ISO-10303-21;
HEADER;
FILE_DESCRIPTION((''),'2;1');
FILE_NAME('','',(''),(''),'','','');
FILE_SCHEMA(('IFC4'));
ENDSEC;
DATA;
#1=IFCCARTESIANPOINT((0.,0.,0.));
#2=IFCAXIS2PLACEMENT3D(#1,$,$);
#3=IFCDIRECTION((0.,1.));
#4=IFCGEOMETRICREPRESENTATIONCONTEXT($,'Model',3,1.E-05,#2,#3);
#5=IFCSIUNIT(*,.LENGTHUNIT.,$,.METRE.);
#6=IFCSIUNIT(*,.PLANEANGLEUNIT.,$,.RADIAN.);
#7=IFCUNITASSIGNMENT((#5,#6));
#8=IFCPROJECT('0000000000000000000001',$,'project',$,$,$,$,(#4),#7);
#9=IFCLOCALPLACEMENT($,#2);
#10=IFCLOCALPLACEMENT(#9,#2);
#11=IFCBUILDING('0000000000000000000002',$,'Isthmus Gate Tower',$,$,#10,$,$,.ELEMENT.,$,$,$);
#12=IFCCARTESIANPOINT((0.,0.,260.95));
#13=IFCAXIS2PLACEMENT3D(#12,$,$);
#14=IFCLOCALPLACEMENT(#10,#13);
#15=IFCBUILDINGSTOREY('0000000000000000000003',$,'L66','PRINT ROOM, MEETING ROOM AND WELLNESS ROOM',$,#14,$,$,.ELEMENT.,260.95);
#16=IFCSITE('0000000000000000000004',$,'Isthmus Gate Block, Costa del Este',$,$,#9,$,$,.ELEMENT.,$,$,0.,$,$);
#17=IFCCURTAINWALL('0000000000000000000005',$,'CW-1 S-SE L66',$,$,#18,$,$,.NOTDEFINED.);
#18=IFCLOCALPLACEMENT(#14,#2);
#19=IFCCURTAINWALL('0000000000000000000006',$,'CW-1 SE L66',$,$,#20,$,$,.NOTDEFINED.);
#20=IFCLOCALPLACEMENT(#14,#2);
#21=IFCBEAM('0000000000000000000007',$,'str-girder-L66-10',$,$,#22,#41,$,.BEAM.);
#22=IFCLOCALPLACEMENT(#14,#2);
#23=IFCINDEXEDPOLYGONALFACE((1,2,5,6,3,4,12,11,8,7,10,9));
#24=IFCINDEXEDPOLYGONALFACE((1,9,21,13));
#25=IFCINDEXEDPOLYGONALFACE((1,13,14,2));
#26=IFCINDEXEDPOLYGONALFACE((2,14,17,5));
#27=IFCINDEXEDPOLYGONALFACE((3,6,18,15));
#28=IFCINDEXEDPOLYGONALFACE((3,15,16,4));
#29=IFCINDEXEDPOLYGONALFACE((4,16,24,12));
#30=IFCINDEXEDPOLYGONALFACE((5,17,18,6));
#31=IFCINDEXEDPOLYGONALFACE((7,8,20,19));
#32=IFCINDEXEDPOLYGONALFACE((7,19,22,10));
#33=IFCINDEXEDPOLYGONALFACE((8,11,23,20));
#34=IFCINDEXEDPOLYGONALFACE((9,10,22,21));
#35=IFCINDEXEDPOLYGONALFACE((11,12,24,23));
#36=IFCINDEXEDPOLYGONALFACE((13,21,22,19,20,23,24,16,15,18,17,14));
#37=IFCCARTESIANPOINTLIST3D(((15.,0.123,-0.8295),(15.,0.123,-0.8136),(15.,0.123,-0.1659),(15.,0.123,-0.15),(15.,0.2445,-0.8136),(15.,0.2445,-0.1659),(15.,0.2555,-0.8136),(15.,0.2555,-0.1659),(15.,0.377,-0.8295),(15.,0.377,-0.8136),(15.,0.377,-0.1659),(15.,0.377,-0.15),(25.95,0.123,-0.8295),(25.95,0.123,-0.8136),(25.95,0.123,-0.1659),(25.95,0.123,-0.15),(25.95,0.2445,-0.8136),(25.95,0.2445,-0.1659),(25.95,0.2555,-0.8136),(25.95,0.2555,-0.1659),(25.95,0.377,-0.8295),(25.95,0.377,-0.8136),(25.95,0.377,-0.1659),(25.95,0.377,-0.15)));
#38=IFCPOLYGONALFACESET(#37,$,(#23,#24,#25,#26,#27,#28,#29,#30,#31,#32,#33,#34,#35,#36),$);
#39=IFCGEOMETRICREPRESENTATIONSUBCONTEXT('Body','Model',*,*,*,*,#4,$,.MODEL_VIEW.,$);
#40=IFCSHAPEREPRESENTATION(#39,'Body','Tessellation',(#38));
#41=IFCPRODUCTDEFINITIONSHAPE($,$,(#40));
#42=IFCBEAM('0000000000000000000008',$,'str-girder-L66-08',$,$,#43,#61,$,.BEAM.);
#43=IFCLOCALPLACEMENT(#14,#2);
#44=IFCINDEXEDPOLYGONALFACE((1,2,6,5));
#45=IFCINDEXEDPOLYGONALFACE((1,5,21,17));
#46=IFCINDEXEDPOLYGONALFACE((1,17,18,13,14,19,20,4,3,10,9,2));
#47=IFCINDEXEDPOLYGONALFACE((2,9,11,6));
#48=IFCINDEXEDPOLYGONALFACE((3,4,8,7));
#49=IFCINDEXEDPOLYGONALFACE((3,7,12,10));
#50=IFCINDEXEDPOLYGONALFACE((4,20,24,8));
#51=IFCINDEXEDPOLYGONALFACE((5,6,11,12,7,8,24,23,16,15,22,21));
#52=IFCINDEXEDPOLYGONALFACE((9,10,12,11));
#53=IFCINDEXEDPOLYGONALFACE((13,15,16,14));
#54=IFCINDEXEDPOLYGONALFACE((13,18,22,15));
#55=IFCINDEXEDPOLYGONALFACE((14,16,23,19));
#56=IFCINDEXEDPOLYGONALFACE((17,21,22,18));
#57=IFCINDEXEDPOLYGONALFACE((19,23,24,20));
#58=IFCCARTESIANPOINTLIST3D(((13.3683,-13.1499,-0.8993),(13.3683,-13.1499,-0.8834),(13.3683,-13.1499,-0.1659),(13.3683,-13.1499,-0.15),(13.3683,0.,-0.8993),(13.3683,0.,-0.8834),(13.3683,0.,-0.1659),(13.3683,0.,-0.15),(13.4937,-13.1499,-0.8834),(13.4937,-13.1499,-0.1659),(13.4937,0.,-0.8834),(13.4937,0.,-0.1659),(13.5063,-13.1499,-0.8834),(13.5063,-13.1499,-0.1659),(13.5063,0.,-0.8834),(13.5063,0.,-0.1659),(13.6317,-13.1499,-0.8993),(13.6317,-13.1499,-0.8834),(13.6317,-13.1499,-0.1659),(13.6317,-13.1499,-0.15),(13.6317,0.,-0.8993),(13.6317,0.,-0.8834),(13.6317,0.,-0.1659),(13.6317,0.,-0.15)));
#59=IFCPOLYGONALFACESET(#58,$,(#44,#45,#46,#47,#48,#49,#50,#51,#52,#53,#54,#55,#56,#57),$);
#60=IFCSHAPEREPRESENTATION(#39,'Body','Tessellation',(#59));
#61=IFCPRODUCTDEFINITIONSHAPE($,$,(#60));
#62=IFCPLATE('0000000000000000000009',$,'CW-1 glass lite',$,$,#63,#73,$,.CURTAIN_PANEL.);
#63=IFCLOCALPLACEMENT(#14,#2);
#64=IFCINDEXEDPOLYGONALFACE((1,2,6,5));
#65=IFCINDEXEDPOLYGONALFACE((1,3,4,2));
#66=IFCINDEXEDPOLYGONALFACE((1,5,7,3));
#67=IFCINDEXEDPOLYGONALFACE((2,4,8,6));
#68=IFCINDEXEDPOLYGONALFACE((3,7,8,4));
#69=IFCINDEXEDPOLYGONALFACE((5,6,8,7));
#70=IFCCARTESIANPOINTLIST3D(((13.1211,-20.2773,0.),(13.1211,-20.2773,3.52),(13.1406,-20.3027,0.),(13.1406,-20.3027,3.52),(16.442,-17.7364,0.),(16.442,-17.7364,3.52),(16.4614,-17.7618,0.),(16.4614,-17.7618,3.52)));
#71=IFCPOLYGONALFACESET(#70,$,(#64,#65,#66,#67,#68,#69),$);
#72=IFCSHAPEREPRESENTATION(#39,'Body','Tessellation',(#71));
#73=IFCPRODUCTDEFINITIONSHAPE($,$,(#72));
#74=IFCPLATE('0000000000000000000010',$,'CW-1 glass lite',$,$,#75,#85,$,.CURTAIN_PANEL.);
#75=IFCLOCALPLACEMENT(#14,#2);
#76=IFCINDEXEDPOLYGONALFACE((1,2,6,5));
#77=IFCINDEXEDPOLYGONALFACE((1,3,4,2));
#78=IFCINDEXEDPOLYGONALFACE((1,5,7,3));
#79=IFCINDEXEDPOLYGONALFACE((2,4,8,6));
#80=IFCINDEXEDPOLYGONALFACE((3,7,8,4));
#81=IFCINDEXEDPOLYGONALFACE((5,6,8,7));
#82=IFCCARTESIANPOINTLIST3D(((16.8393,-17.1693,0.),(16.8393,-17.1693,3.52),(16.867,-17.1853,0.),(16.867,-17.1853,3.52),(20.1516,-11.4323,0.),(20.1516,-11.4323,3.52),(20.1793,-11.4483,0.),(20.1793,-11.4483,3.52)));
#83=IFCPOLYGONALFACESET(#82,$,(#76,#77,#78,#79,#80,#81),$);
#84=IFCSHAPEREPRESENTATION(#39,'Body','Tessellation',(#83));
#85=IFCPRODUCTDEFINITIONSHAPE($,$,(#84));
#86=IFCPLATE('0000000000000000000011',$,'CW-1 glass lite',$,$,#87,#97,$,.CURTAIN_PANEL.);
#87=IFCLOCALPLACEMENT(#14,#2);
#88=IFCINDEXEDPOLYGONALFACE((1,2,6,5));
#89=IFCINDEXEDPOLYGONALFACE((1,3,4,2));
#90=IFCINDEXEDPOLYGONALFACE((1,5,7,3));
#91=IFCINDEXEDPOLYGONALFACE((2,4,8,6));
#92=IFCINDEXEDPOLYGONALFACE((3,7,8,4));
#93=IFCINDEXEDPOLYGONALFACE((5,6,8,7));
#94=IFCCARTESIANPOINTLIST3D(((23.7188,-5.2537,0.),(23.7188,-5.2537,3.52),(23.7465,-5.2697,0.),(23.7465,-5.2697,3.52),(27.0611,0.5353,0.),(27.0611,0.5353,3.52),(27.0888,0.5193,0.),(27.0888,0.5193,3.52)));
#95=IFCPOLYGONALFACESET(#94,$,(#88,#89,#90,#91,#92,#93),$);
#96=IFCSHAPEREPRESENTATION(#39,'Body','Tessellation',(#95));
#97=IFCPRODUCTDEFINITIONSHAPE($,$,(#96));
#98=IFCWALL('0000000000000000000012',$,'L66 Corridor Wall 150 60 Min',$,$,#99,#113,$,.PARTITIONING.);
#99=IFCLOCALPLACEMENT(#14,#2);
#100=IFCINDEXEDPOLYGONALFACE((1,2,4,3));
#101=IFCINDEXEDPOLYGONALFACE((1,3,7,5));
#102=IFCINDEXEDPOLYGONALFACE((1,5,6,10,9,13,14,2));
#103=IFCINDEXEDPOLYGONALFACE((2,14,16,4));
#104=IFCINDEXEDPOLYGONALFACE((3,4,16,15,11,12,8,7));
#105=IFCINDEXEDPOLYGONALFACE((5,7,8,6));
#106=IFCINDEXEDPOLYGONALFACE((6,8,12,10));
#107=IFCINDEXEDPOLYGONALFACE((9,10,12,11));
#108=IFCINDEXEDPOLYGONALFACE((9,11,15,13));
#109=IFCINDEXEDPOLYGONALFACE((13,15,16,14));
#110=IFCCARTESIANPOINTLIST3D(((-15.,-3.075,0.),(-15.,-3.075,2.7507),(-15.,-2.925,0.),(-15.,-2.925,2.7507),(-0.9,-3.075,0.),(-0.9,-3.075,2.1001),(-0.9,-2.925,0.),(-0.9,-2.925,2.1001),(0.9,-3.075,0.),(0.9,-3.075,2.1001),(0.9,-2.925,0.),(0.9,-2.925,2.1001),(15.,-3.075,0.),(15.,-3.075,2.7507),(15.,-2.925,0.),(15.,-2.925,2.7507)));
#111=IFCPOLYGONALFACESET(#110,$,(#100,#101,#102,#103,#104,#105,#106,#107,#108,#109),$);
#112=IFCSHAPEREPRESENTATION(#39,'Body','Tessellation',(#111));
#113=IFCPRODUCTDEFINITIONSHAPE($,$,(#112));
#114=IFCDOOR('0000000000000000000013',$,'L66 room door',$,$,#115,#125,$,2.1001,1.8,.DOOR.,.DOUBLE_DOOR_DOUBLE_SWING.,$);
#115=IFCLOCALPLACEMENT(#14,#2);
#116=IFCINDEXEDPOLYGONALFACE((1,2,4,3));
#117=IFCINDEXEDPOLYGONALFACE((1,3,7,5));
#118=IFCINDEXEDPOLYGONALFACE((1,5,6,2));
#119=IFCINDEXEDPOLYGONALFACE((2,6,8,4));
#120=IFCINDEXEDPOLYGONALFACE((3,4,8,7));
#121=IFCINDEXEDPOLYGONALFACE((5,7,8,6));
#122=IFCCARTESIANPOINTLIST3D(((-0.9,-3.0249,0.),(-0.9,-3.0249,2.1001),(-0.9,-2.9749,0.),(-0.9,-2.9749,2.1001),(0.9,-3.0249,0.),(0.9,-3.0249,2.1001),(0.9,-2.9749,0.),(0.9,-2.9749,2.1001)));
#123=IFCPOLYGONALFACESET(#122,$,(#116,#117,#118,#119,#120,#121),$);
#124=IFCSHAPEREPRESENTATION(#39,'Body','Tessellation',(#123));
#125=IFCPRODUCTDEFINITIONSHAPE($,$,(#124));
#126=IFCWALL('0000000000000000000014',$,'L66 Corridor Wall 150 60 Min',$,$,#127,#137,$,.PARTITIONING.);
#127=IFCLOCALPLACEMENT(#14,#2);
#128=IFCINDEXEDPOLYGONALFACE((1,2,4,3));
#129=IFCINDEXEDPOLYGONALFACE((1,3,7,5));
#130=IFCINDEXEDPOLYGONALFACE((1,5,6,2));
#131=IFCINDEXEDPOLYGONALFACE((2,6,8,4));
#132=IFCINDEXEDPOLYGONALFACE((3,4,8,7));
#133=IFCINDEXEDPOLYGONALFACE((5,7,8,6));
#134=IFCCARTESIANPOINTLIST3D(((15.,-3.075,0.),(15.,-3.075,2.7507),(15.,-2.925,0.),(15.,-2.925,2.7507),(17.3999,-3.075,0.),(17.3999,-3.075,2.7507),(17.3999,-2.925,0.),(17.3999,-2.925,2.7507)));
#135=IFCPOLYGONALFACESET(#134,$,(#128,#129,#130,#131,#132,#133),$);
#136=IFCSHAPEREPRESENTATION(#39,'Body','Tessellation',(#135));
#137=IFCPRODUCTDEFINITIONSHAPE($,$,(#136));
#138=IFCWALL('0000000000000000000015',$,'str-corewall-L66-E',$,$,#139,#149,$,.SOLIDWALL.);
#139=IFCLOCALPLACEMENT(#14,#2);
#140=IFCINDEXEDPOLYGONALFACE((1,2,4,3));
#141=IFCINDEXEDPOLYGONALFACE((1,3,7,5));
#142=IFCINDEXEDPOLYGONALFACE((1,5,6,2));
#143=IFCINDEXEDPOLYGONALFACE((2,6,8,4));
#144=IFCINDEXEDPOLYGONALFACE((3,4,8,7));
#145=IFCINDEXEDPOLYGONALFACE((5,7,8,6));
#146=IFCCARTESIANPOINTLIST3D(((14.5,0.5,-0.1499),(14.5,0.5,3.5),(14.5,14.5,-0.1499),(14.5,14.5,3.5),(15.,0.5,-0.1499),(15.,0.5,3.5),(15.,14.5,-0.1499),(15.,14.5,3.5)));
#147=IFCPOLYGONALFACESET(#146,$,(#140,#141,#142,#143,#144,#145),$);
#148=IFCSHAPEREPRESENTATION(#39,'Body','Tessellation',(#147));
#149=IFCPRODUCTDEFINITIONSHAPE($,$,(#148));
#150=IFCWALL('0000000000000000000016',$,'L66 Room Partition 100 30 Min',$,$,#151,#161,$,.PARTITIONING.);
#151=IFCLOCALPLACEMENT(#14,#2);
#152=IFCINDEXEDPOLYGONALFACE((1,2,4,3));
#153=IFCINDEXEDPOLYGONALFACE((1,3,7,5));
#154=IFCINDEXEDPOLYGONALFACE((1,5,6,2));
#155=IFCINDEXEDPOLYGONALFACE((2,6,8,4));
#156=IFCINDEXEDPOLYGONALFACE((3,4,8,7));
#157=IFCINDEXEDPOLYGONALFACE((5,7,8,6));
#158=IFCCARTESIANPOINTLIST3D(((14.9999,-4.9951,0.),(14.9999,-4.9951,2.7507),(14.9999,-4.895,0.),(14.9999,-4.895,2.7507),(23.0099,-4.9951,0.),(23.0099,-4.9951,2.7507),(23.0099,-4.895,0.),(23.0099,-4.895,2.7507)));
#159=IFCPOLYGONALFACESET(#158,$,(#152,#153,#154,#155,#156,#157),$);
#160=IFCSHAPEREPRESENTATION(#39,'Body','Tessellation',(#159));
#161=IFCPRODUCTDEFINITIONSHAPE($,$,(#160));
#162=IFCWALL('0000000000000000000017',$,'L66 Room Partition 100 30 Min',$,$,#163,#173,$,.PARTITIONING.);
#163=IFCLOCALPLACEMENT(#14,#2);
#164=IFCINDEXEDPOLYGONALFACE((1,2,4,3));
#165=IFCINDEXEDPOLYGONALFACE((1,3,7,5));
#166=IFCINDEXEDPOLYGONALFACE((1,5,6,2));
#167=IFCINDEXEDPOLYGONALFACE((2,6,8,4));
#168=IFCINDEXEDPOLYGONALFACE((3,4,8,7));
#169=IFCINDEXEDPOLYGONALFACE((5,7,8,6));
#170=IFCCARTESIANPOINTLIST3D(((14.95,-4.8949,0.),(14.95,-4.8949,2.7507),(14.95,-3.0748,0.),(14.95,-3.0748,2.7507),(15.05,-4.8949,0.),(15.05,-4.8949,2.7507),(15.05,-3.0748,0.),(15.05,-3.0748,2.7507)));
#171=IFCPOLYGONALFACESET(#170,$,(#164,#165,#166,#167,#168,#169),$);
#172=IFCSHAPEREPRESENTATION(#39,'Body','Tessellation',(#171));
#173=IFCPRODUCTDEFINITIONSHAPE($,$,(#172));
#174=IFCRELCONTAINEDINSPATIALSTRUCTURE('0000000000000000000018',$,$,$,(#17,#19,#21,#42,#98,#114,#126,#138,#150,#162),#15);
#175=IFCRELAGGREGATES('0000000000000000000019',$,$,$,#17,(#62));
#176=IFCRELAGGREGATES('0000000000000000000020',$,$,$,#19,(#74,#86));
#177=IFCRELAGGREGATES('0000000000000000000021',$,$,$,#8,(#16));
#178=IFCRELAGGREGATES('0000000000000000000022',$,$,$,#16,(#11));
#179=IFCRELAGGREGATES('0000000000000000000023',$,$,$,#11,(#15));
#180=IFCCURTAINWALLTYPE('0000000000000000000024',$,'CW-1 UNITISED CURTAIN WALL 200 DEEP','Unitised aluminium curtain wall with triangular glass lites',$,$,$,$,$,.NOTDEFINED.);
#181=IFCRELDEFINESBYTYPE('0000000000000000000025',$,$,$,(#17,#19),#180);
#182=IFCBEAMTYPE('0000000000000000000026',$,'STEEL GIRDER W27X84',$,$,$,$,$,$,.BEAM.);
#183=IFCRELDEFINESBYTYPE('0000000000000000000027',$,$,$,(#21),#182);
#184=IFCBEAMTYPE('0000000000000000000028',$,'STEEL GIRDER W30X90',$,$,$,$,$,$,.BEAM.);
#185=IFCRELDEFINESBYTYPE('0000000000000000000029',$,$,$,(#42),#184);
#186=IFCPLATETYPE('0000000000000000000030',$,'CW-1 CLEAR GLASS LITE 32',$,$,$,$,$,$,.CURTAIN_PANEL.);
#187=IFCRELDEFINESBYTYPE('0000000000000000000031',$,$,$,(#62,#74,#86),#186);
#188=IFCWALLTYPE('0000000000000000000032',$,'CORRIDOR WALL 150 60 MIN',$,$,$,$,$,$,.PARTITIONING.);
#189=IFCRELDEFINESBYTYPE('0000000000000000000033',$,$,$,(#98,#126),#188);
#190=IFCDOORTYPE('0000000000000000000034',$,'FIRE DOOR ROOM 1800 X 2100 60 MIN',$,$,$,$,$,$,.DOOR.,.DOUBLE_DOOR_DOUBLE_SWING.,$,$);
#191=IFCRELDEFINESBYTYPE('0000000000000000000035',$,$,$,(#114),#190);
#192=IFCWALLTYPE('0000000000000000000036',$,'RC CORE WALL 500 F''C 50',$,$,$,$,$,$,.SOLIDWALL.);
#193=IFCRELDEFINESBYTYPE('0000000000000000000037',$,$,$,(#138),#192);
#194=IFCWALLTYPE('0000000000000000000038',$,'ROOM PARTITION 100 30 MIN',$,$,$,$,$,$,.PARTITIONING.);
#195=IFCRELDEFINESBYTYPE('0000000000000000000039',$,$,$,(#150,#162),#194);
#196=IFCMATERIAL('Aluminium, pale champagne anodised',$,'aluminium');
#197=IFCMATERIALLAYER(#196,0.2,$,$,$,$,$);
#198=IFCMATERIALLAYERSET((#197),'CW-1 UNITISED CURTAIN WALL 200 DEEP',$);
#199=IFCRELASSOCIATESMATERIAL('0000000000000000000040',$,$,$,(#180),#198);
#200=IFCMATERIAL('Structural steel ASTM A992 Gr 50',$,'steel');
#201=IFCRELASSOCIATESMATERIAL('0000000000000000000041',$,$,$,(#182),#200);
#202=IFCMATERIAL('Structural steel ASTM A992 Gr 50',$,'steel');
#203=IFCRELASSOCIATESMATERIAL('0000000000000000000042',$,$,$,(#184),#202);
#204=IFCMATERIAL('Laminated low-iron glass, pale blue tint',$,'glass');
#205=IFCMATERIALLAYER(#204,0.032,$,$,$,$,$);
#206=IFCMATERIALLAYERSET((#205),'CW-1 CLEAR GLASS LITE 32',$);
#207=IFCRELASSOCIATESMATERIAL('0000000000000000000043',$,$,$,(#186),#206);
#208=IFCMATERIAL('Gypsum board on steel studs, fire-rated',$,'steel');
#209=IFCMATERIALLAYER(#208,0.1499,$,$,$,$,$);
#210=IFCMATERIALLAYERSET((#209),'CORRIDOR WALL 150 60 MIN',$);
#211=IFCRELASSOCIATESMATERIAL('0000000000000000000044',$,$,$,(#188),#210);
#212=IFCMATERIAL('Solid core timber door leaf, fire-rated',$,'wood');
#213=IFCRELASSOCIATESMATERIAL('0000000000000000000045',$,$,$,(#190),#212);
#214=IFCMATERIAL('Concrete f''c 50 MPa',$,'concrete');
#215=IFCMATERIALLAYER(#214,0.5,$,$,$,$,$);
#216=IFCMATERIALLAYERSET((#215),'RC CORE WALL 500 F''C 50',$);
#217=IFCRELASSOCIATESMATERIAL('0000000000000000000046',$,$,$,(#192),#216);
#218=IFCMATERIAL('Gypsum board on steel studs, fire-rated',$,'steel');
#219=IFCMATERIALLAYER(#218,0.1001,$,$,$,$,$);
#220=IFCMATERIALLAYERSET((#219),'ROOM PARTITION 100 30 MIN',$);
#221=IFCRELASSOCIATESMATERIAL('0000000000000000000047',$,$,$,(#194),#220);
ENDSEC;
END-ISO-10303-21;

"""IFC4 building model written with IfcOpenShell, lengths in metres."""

from ifc_helpers import new_model, si_unit, direction, frame, frame_2d, origin, origin_2d, place, context, subcontext, project, spatial, rectangle, i_section, extrude, material, layer, layer_set, material_profile, profile_set, type_object, element, fill, aggregate, save


model = new_model("IFC4")

# Units and contexts
model_context = context("Model", 3, precision=1e-05, world=origin(), true_north=direction((0.0, 1.0)))
body_context = subcontext(model_context, "Body", "Model", "MODEL_VIEW")
ifc_project = project(units=[si_unit("LENGTHUNIT", "METRE"), si_unit("PLANEANGLEUNIT", "RADIAN")], contexts=[model_context])

# Site, building, storey
site_placement = place(None, origin())
site = spatial("IfcSite", under=ifc_project, at=site_placement, Name="Isthmus Gate Block, Costa del Este", CompositionType="ELEMENT", RefElevation=0.0)
building_placement = place(site_placement, origin())
building = spatial("IfcBuilding", under=site, at=building_placement, Name="Isthmus Gate Tower", CompositionType="ELEMENT")
storey_placement = place(building_placement, frame((0.0, 0.0, 260.95)))
storey = spatial("IfcBuildingStorey", under=building, at=storey_placement, Name="L66", Description="PRINT ROOM, MEETING ROOM AND WELLNESS ROOM", CompositionType="ELEMENT", Elevation=260.95)

# Curtain walls
ifc_material_1 = material(Name="Aluminium, pale champagne anodised", Category="aluminium")
ifc_layer_1 = layer(ifc_material_1, 0.2)
ifc_layer_set_1 = layer_set([ifc_layer_1], Name="CW-1 UNITISED CURTAIN WALL 200 DEEP")
curtain_wall_type = type_object("IfcCurtainWallType", Name="CW-1 UNITISED CURTAIN WALL 200 DEEP", Description="Unitised aluminium curtain wall with triangular glass lites", PredefinedType="NOTDEFINED", material=ifc_layer_set_1)
curtain_wall_1_placement = place(storey_placement, origin())
curtain_wall_1 = element("IfcCurtainWall", 1, at=curtain_wall_1_placement, inside=storey, type_object=curtain_wall_type, Name="CW-1 S-SE L66", PredefinedType="NOTDEFINED")
curtain_wall_2_placement = place(storey_placement, origin())
curtain_wall_2 = element("IfcCurtainWall", 2, at=curtain_wall_2_placement, inside=storey, type_object=curtain_wall_type, Name="CW-1 SE L66", PredefinedType="NOTDEFINED")

# Beams
ifc_material_2 = material(Name="Structural steel ASTM A992 Gr 50", Category="steel")
ifc_material_profile_1 = material_profile(ifc_material_2, i_section(OverallWidth=0.2539, OverallDepth=0.6794, WebThickness=0.011, FlangeThickness=0.0159, at=origin_2d()), Name="W27X84")
ifc_profile_set_1 = profile_set([ifc_material_profile_1], Name="Structural steel ASTM A992 Gr 50")
beam_type_1 = type_object("IfcBeamType", Name="STEEL GIRDER W27X84", PredefinedType="BEAM", material=ifc_profile_set_1)
beam_1_placement = place(storey_placement, frame((15.0, 0.25, -0.4897), z_axis=(1.0, 0.0, 0.0), x_axis=(0.0, 1.0, 0.0)))
element("IfcBeam", 3, at=beam_1_placement, inside=storey, type_object=beam_type_1, Name="str-girder-L66-10", PredefinedType="BEAM", context=body_context, shape_type="SweptSolid", body=[
    extrude(i_section(OverallWidth=0.2539, OverallDepth=0.6794, WebThickness=0.011, FlangeThickness=0.0159, at=origin_2d()), origin(), (0.0, 0.0, 1.0), 10.95),
])
ifc_material_3 = material(Name="Structural steel ASTM A992 Gr 50", Category="steel")
ifc_material_profile_2 = material_profile(ifc_material_3, i_section(OverallWidth=0.2634, OverallDepth=0.7493, WebThickness=0.0127, FlangeThickness=0.0159, at=origin_2d()), Name="W30X90")
ifc_profile_set_2 = profile_set([ifc_material_profile_2], Name="Structural steel ASTM A992 Gr 50")
beam_type_2 = type_object("IfcBeamType", Name="STEEL GIRDER W30X90", PredefinedType="BEAM", material=ifc_profile_set_2)
beam_2_placement = place(storey_placement, frame((13.5, -13.1499, -0.5247), z_axis=(0.0, 1.0, 0.0), x_axis=(-1.0, 0.0, 0.0)))
element("IfcBeam", 4, at=beam_2_placement, inside=storey, type_object=beam_type_2, Name="str-girder-L66-08", PredefinedType="BEAM", context=body_context, shape_type="SweptSolid", body=[
    extrude(i_section(OverallWidth=0.2634, OverallDepth=0.7493, WebThickness=0.0127, FlangeThickness=0.0159, at=origin_2d()), origin(), (0.0, 0.0, 1.0), 13.1499),
])

# Plates
ifc_material_4 = material(Name="Laminated low-iron glass, pale blue tint", Category="glass")
ifc_layer_2 = layer(ifc_material_4, 0.032)
ifc_layer_set_2 = layer_set([ifc_layer_2], Name="CW-1 CLEAR GLASS LITE 32")
plate_type = type_object("IfcPlateType", Name="CW-1 CLEAR GLASS LITE 32", PredefinedType="CURTAIN_PANEL", material=ifc_layer_set_2)
plate_1_placement = place(storey_placement, frame((14.7913, -19.0195, 0.0), z_axis=(0.0, 0.0, 1.0), x_axis=(0.794189, 0.607671, 0.0)))
plate_1 = element("IfcPlate", 5, at=plate_1_placement, type_object=plate_type, Name="CW-1 glass lite", PredefinedType="CURTAIN_PANEL", context=body_context, shape_type="SweptSolid", body=[
    extrude(rectangle(XDim=4.1814, YDim=0.032, at=origin_2d()), origin(), (0.0, 0.0, 1.0), 3.52),
])
aggregate(curtain_wall_1, [plate_1])
plate_2_placement = place(storey_placement, frame((18.5093, -14.3088, 0.0), z_axis=(0.0, 0.0, 1.0), x_axis=(0.5, 0.866025, 0.0)))
plate_2 = element("IfcPlate", 6, at=plate_2_placement, type_object=plate_type, Name="CW-1 glass lite", PredefinedType="CURTAIN_PANEL", context=body_context, shape_type="SweptSolid", body=[
    extrude(rectangle(XDim=6.6245, YDim=0.032, at=origin_2d()), origin(), (0.0, 0.0, 1.0), 3.52),
])
plate_3_placement = place(storey_placement, frame((25.4038, -2.3672, 0.0), z_axis=(0.0, 0.0, 1.0), x_axis=(0.5, 0.866025, 0.0)))
plate_3 = element("IfcPlate", 7, at=plate_3_placement, type_object=plate_type, Name="CW-1 glass lite", PredefinedType="CURTAIN_PANEL", context=body_context, shape_type="SweptSolid", body=[
    extrude(rectangle(XDim=6.6846, YDim=0.032, at=origin_2d()), origin(), (0.0, 0.0, 1.0), 3.52),
])
aggregate(curtain_wall_2, [plate_2, plate_3])

# Wall, opening, door
ifc_material_5 = material(Name="Gypsum board on steel studs, fire-rated", Category="steel")
ifc_layer_3 = layer(ifc_material_5, 0.1499)
ifc_layer_set_3 = layer_set([ifc_layer_3], Name="CORRIDOR WALL 150 60 MIN")
wall_type_1 = type_object("IfcWallType", Name="CORRIDOR WALL 150 60 MIN", PredefinedType="PARTITIONING", material=ifc_layer_set_3)
wall_1_placement = place(storey_placement, frame((15.0, -3.0, 0.0), z_axis=(0.0, 0.0, 1.0), x_axis=(-1.0, 0.0, 0.0)))
wall_1 = element("IfcWall", 8, at=wall_1_placement, inside=storey, type_object=wall_type_1, Name="L66 Corridor Wall 150 60 Min", PredefinedType="PARTITIONING", context=body_context, shape_type="SweptSolid", body=[
    extrude(rectangle(XDim=30.0, YDim=0.1499, at=frame_2d((15.0, 0.0))), origin(), (0.0, 0.0, 1.0), 2.7507),
])
opening_1_placement = place(wall_1_placement, frame((14.1001, 0.0, 0.0)))
opening_1 = element("IfcOpeningElement", 9, at=opening_1_placement, cuts=wall_1, PredefinedType="OPENING", context=body_context, shape_type="SweptSolid", body=[
    extrude(rectangle(XDim=1.8, YDim=2.1001, at=frame_2d((0.8999, 1.05))), frame((0.0, 0.085, 0.0), z_axis=(0.0, -1.0, 0.0), x_axis=(1.0, 0.0, 0.0)), (0.0, 0.0, 1.0), 0.1699),
])
ifc_material_6 = material(Name="Solid core timber door leaf, fire-rated", Category="wood")
door_type_1 = type_object("IfcDoorType", Name="FIRE DOOR ROOM 1800 X 2100 60 MIN", OperationType="DOUBLE_DOOR_DOUBLE_SWING", PredefinedType="DOOR", material=ifc_material_6)
door_1_placement = place(opening_1_placement, origin())
door_1 = element("IfcDoor", 10, at=door_1_placement, inside=storey, type_object=door_type_1, Name="L66 room door", OperationType="DOUBLE_DOOR_DOUBLE_SWING", OverallHeight=2.1001, OverallWidth=1.8, PredefinedType="DOOR", context=body_context, shape_type="SweptSolid", body=[
    extrude(rectangle(XDim=1.8, YDim=2.1001, at=frame_2d((0.8999, 1.05))), frame((0.0, 0.0249, 0.0), z_axis=(0.0, -1.0, 0.0), x_axis=(1.0, 0.0, 0.0)), (0.0, 0.0, 1.0), 0.05),
])
fill(opening_1, door_1)

# Walls
wall_2_placement = place(storey_placement, frame((17.3999, -3.0, 0.0), z_axis=(0.0, 0.0, 1.0), x_axis=(-1.0, 0.0, 0.0)))
element("IfcWall", 11, at=wall_2_placement, inside=storey, type_object=wall_type_1, Name="L66 Corridor Wall 150 60 Min", PredefinedType="PARTITIONING", context=body_context, shape_type="SweptSolid", body=[
    extrude(rectangle(XDim=2.3999, YDim=0.1499, at=frame_2d((1.2, 0.0))), origin(), (0.0, 0.0, 1.0), 2.7507),
])
ifc_material_7 = material(Name="Concrete f'c 50 MPa", Category="concrete")
ifc_layer_4 = layer(ifc_material_7, 0.5)
ifc_layer_set_4 = layer_set([ifc_layer_4], Name="RC CORE WALL 500 F'C 50")
wall_type_2 = type_object("IfcWallType", Name="RC CORE WALL 500 F'C 50", PredefinedType="SOLIDWALL", material=ifc_layer_set_4)
wall_3_placement = place(storey_placement, frame((14.75, 0.5, -0.1499), z_axis=(0.0, 0.0, 1.0), x_axis=(0.0, 1.0, 0.0)))
element("IfcWall", 12, at=wall_3_placement, inside=storey, type_object=wall_type_2, Name="str-corewall-L66-E", PredefinedType="SOLIDWALL", context=body_context, shape_type="SweptSolid", body=[
    extrude(rectangle(XDim=14.0, YDim=0.5, at=frame_2d((7.0, 0.0))), origin(), (0.0, 0.0, 1.0), 3.6499),
])
ifc_material_8 = material(Name="Gypsum board on steel studs, fire-rated", Category="steel")
ifc_layer_5 = layer(ifc_material_8, 0.1001)
ifc_layer_set_5 = layer_set([ifc_layer_5], Name="ROOM PARTITION 100 30 MIN")
wall_type_3 = type_object("IfcWallType", Name="ROOM PARTITION 100 30 MIN", PredefinedType="PARTITIONING", material=ifc_layer_set_5)
wall_4_placement = place(storey_placement, frame((15.0, -4.9451, 0.0), z_axis=(0.0, 0.0, 1.0), x_axis=(1.0, 0.0, 0.0)))
element("IfcWall", 13, at=wall_4_placement, inside=storey, type_object=wall_type_3, Name="L66 Room Partition 100 30 Min", PredefinedType="PARTITIONING", context=body_context, shape_type="SweptSolid", body=[
    extrude(rectangle(XDim=8.01, YDim=0.1001, at=frame_2d((4.0049, 0.0))), origin(), (0.0, 0.0, 1.0), 2.7507),
])
wall_5_placement = place(storey_placement, frame((15.0, -4.895, 0.0), z_axis=(0.0, 0.0, 1.0), x_axis=(0.0, 1.0, 0.0)))
element("IfcWall", 14, at=wall_5_placement, inside=storey, type_object=wall_type_3, Name="L66 Room Partition 100 30 Min", PredefinedType="PARTITIONING", context=body_context, shape_type="SweptSolid", body=[
    extrude(rectangle(XDim=1.8201, YDim=0.1001, at=frame_2d((0.9102, 0.0))), origin(), (0.0, 0.0, 1.0), 2.7507),
])

save(model, "model.ifc")
